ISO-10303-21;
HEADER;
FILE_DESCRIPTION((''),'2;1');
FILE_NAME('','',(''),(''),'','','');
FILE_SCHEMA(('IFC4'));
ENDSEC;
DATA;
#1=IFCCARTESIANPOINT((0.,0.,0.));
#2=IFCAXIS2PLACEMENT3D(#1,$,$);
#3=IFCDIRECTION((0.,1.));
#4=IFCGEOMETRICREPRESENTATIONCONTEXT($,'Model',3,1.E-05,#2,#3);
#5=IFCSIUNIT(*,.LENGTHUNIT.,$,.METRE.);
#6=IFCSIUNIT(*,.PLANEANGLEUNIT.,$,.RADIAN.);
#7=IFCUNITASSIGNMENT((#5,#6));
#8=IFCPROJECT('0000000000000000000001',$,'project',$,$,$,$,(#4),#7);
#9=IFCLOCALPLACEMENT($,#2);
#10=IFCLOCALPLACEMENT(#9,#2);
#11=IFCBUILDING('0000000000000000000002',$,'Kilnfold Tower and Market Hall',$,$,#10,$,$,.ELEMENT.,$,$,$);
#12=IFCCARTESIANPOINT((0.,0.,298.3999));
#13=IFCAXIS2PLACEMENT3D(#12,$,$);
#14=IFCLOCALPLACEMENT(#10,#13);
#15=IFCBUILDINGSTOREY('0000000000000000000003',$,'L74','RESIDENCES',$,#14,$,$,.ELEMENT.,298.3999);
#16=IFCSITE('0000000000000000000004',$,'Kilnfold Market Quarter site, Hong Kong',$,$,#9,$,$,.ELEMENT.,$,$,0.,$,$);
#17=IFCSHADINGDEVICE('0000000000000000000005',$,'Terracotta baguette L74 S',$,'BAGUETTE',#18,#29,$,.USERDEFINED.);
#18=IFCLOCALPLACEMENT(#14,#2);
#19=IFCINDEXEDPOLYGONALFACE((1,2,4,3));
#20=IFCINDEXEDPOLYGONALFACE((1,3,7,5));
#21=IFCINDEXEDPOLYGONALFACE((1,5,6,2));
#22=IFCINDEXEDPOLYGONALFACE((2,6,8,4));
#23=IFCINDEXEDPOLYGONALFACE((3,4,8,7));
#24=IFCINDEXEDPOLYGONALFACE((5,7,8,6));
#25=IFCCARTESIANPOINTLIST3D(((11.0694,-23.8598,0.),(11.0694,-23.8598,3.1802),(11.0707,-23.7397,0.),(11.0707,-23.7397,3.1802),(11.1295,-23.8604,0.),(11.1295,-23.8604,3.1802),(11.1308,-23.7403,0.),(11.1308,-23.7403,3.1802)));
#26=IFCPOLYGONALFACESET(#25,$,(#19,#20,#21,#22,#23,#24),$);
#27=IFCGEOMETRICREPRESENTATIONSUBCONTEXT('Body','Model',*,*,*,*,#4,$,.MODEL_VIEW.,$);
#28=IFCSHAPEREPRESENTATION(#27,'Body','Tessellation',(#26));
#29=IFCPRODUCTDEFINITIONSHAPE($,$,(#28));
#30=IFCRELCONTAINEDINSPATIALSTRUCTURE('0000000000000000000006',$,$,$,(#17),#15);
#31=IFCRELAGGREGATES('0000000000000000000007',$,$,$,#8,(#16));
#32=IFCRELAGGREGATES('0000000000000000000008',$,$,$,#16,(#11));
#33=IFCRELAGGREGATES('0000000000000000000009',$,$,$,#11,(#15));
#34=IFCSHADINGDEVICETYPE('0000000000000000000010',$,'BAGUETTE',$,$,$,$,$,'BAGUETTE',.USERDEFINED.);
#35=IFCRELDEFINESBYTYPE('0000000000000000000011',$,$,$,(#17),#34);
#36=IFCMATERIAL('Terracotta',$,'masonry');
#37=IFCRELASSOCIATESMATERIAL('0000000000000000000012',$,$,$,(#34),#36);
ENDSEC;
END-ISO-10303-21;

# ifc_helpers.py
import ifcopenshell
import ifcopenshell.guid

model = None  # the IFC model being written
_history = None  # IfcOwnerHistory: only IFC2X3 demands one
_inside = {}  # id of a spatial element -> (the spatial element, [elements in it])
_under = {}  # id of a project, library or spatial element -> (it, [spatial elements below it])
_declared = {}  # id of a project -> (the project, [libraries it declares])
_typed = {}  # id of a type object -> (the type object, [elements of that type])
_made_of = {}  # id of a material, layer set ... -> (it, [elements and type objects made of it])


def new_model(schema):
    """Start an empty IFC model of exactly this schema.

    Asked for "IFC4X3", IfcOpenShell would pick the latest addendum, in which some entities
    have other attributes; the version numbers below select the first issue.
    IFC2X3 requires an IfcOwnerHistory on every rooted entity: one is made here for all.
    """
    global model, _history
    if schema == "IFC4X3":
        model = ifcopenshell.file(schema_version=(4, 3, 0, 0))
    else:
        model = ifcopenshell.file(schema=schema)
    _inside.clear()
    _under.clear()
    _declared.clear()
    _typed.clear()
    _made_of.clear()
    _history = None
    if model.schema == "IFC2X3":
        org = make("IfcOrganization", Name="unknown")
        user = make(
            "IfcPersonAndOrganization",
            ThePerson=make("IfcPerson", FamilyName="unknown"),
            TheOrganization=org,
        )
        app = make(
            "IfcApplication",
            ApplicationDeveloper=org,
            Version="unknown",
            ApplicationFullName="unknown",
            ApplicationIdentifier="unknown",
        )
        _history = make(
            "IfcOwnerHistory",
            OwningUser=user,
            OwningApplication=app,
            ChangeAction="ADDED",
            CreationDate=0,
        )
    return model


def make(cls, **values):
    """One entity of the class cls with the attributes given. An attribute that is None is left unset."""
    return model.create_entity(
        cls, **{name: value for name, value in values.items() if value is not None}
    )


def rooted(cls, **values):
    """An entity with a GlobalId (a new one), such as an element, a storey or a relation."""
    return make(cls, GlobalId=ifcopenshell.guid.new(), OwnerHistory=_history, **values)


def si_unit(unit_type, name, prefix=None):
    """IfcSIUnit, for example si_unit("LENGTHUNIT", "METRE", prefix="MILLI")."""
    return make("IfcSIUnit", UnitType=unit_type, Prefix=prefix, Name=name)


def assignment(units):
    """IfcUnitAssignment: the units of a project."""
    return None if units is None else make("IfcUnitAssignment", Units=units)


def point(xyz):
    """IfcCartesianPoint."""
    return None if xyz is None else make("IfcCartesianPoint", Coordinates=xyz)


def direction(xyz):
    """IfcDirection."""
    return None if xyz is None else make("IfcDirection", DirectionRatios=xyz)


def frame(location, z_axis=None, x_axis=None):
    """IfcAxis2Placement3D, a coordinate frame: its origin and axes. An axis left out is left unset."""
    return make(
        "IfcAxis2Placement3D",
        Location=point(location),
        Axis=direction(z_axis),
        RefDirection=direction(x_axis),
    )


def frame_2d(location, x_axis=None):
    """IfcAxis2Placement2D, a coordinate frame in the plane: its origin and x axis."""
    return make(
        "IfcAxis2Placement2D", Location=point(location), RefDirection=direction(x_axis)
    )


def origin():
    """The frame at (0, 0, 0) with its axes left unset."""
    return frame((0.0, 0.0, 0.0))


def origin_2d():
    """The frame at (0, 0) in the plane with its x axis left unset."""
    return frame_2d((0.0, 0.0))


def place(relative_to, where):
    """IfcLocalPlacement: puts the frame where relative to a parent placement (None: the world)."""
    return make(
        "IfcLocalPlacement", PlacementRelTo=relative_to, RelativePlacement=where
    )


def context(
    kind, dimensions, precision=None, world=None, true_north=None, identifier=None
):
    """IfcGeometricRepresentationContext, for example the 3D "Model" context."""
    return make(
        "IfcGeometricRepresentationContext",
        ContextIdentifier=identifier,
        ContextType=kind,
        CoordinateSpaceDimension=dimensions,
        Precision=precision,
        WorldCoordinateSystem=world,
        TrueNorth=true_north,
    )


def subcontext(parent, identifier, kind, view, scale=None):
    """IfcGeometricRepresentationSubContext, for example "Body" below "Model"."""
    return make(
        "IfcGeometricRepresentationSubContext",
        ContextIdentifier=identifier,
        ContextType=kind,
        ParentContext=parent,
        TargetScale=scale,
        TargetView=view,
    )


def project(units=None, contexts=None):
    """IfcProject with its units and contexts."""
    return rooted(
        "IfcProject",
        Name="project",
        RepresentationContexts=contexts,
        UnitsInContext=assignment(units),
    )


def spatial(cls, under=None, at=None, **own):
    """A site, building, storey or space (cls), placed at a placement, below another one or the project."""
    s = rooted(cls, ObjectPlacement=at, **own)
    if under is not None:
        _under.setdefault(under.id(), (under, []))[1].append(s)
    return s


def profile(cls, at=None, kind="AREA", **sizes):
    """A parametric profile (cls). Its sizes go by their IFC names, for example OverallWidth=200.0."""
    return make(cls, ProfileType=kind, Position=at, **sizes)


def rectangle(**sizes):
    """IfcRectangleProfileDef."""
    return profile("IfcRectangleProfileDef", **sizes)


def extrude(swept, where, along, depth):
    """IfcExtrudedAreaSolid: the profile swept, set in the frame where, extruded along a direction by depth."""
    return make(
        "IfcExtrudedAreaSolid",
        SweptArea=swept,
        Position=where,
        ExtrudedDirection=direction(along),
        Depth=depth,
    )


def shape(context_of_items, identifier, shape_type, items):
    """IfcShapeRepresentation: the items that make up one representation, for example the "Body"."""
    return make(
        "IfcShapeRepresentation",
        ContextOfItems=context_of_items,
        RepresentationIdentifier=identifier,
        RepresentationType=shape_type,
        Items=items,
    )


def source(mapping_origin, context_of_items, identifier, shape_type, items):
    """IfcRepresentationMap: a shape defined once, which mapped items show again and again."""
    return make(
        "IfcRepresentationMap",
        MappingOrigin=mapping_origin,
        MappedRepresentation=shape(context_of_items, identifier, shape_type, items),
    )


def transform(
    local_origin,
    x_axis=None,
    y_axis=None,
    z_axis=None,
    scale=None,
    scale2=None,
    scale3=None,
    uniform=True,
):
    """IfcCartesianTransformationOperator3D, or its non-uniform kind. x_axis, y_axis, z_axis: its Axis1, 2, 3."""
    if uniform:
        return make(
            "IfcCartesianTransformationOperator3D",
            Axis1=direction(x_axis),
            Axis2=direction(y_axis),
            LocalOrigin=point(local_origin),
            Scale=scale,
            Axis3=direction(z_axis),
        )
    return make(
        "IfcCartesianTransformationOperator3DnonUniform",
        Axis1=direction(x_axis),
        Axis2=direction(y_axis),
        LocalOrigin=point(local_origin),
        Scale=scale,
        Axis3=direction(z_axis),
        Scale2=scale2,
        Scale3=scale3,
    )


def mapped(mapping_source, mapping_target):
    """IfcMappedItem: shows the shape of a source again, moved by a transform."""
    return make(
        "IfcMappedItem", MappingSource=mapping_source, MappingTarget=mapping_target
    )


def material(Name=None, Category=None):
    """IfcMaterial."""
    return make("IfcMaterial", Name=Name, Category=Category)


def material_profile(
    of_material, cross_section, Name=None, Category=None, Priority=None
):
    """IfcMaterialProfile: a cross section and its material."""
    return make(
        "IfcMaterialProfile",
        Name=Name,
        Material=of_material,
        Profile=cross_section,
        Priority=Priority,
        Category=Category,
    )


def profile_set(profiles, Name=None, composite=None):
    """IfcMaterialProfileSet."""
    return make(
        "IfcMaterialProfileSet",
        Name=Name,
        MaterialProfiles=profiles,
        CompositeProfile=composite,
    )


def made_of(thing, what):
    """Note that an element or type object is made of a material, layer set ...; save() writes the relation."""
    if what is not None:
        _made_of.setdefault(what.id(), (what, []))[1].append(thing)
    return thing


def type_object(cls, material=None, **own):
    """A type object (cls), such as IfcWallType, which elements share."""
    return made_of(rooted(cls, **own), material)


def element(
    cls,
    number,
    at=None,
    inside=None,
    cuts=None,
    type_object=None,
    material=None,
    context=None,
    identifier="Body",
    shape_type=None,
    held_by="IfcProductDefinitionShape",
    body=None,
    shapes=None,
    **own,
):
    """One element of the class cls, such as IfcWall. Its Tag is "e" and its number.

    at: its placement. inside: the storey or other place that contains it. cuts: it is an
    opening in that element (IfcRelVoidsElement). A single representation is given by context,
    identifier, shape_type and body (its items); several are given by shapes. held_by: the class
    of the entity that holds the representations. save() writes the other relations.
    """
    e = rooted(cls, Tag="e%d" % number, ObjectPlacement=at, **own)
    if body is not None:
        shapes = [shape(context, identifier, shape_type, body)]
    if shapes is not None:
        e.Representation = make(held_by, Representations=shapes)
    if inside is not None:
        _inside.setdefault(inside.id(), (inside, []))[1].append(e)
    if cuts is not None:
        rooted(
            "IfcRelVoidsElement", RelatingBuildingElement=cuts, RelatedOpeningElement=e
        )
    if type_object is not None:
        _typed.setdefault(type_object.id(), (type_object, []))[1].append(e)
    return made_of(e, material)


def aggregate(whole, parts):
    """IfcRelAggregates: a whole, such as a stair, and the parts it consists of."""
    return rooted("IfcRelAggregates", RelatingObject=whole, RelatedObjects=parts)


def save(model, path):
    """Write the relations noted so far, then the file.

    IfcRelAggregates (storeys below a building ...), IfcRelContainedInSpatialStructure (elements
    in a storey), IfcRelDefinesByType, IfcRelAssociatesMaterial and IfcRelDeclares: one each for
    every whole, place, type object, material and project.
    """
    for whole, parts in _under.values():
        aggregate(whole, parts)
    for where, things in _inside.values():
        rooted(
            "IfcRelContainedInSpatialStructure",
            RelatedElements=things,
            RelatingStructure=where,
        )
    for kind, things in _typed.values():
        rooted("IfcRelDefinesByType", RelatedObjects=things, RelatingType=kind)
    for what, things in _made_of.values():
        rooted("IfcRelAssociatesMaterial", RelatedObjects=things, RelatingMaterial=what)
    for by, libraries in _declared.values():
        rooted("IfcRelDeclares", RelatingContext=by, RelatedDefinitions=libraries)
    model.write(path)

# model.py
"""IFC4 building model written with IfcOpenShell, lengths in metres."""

from ifc_helpers import new_model, si_unit, direction, frame, origin, origin_2d, place, context, subcontext, project, spatial, rectangle, extrude, source, transform, mapped, material, material_profile, profile_set, type_object, element, save


model = new_model("IFC4")

# Units and contexts
model_context = context("Model", 3, precision=1e-05, world=origin(), true_north=direction((0.0, 1.0)))
body_context = subcontext(model_context, "Body", "Model", "MODEL_VIEW")
ifc_project = project(units=[si_unit("LENGTHUNIT", "METRE"), si_unit("PLANEANGLEUNIT", "RADIAN")], contexts=[model_context])

# Site, building, storey
site_placement = place(None, origin())
site = spatial("IfcSite", under=ifc_project, at=site_placement, Name="Kilnfold Market Quarter site, Hong Kong", CompositionType="ELEMENT", RefElevation=0.0)
building_placement = place(site_placement, origin())
building = spatial("IfcBuilding", under=site, at=building_placement, Name="Kilnfold Tower and Market Hall", CompositionType="ELEMENT")
storey_placement = place(building_placement, frame((0.0, 0.0, 298.3999)))
storey = spatial("IfcBuildingStorey", under=building, at=storey_placement, Name="L74", Description="RESIDENCES", CompositionType="ELEMENT", Elevation=298.3999)

# Shading device
ifc_material_1 = material(Name="Terracotta", Category="masonry")
ifc_material_profile_1 = material_profile(ifc_material_1, rectangle(XDim=0.0601, YDim=0.1201, at=origin_2d()), Name="BAG 60x120")
ifc_profile_set_1 = profile_set([ifc_material_profile_1], Name="Terracotta")
shading_device_type = type_object("IfcShadingDeviceType", Name="BAGUETTE", ElementType="BAGUETTE", PredefinedType="USERDEFINED", material=ifc_profile_set_1)
shared_shape_1 = source(origin(), body_context, "Body", "SweptSolid", [
    extrude(rectangle(XDim=0.0601, YDim=0.1201, at=origin_2d()), origin(), (0.0, 0.0, 1.0), 3.1802),
])
for number, where, z_axis, x_axis, name in (
    (1, (11.1001, -23.8, 0.0), (0.0, 0.0, 1.0), (0.999942, -0.010767, 0.0), "Terracotta baguette L74 S"),
):
    element("IfcShadingDevice", number, at=place(storey_placement, frame(where, z_axis=z_axis, x_axis=x_axis)), inside=storey, type_object=shading_device_type, Name=name, ObjectType="BAGUETTE", PredefinedType="USERDEFINED", context=body_context, shape_type="MappedRepresentation", body=[
        mapped(shared_shape_1, transform((0.0, 0.0, 0.0))),
    ])

save(model, "model.ifc")
